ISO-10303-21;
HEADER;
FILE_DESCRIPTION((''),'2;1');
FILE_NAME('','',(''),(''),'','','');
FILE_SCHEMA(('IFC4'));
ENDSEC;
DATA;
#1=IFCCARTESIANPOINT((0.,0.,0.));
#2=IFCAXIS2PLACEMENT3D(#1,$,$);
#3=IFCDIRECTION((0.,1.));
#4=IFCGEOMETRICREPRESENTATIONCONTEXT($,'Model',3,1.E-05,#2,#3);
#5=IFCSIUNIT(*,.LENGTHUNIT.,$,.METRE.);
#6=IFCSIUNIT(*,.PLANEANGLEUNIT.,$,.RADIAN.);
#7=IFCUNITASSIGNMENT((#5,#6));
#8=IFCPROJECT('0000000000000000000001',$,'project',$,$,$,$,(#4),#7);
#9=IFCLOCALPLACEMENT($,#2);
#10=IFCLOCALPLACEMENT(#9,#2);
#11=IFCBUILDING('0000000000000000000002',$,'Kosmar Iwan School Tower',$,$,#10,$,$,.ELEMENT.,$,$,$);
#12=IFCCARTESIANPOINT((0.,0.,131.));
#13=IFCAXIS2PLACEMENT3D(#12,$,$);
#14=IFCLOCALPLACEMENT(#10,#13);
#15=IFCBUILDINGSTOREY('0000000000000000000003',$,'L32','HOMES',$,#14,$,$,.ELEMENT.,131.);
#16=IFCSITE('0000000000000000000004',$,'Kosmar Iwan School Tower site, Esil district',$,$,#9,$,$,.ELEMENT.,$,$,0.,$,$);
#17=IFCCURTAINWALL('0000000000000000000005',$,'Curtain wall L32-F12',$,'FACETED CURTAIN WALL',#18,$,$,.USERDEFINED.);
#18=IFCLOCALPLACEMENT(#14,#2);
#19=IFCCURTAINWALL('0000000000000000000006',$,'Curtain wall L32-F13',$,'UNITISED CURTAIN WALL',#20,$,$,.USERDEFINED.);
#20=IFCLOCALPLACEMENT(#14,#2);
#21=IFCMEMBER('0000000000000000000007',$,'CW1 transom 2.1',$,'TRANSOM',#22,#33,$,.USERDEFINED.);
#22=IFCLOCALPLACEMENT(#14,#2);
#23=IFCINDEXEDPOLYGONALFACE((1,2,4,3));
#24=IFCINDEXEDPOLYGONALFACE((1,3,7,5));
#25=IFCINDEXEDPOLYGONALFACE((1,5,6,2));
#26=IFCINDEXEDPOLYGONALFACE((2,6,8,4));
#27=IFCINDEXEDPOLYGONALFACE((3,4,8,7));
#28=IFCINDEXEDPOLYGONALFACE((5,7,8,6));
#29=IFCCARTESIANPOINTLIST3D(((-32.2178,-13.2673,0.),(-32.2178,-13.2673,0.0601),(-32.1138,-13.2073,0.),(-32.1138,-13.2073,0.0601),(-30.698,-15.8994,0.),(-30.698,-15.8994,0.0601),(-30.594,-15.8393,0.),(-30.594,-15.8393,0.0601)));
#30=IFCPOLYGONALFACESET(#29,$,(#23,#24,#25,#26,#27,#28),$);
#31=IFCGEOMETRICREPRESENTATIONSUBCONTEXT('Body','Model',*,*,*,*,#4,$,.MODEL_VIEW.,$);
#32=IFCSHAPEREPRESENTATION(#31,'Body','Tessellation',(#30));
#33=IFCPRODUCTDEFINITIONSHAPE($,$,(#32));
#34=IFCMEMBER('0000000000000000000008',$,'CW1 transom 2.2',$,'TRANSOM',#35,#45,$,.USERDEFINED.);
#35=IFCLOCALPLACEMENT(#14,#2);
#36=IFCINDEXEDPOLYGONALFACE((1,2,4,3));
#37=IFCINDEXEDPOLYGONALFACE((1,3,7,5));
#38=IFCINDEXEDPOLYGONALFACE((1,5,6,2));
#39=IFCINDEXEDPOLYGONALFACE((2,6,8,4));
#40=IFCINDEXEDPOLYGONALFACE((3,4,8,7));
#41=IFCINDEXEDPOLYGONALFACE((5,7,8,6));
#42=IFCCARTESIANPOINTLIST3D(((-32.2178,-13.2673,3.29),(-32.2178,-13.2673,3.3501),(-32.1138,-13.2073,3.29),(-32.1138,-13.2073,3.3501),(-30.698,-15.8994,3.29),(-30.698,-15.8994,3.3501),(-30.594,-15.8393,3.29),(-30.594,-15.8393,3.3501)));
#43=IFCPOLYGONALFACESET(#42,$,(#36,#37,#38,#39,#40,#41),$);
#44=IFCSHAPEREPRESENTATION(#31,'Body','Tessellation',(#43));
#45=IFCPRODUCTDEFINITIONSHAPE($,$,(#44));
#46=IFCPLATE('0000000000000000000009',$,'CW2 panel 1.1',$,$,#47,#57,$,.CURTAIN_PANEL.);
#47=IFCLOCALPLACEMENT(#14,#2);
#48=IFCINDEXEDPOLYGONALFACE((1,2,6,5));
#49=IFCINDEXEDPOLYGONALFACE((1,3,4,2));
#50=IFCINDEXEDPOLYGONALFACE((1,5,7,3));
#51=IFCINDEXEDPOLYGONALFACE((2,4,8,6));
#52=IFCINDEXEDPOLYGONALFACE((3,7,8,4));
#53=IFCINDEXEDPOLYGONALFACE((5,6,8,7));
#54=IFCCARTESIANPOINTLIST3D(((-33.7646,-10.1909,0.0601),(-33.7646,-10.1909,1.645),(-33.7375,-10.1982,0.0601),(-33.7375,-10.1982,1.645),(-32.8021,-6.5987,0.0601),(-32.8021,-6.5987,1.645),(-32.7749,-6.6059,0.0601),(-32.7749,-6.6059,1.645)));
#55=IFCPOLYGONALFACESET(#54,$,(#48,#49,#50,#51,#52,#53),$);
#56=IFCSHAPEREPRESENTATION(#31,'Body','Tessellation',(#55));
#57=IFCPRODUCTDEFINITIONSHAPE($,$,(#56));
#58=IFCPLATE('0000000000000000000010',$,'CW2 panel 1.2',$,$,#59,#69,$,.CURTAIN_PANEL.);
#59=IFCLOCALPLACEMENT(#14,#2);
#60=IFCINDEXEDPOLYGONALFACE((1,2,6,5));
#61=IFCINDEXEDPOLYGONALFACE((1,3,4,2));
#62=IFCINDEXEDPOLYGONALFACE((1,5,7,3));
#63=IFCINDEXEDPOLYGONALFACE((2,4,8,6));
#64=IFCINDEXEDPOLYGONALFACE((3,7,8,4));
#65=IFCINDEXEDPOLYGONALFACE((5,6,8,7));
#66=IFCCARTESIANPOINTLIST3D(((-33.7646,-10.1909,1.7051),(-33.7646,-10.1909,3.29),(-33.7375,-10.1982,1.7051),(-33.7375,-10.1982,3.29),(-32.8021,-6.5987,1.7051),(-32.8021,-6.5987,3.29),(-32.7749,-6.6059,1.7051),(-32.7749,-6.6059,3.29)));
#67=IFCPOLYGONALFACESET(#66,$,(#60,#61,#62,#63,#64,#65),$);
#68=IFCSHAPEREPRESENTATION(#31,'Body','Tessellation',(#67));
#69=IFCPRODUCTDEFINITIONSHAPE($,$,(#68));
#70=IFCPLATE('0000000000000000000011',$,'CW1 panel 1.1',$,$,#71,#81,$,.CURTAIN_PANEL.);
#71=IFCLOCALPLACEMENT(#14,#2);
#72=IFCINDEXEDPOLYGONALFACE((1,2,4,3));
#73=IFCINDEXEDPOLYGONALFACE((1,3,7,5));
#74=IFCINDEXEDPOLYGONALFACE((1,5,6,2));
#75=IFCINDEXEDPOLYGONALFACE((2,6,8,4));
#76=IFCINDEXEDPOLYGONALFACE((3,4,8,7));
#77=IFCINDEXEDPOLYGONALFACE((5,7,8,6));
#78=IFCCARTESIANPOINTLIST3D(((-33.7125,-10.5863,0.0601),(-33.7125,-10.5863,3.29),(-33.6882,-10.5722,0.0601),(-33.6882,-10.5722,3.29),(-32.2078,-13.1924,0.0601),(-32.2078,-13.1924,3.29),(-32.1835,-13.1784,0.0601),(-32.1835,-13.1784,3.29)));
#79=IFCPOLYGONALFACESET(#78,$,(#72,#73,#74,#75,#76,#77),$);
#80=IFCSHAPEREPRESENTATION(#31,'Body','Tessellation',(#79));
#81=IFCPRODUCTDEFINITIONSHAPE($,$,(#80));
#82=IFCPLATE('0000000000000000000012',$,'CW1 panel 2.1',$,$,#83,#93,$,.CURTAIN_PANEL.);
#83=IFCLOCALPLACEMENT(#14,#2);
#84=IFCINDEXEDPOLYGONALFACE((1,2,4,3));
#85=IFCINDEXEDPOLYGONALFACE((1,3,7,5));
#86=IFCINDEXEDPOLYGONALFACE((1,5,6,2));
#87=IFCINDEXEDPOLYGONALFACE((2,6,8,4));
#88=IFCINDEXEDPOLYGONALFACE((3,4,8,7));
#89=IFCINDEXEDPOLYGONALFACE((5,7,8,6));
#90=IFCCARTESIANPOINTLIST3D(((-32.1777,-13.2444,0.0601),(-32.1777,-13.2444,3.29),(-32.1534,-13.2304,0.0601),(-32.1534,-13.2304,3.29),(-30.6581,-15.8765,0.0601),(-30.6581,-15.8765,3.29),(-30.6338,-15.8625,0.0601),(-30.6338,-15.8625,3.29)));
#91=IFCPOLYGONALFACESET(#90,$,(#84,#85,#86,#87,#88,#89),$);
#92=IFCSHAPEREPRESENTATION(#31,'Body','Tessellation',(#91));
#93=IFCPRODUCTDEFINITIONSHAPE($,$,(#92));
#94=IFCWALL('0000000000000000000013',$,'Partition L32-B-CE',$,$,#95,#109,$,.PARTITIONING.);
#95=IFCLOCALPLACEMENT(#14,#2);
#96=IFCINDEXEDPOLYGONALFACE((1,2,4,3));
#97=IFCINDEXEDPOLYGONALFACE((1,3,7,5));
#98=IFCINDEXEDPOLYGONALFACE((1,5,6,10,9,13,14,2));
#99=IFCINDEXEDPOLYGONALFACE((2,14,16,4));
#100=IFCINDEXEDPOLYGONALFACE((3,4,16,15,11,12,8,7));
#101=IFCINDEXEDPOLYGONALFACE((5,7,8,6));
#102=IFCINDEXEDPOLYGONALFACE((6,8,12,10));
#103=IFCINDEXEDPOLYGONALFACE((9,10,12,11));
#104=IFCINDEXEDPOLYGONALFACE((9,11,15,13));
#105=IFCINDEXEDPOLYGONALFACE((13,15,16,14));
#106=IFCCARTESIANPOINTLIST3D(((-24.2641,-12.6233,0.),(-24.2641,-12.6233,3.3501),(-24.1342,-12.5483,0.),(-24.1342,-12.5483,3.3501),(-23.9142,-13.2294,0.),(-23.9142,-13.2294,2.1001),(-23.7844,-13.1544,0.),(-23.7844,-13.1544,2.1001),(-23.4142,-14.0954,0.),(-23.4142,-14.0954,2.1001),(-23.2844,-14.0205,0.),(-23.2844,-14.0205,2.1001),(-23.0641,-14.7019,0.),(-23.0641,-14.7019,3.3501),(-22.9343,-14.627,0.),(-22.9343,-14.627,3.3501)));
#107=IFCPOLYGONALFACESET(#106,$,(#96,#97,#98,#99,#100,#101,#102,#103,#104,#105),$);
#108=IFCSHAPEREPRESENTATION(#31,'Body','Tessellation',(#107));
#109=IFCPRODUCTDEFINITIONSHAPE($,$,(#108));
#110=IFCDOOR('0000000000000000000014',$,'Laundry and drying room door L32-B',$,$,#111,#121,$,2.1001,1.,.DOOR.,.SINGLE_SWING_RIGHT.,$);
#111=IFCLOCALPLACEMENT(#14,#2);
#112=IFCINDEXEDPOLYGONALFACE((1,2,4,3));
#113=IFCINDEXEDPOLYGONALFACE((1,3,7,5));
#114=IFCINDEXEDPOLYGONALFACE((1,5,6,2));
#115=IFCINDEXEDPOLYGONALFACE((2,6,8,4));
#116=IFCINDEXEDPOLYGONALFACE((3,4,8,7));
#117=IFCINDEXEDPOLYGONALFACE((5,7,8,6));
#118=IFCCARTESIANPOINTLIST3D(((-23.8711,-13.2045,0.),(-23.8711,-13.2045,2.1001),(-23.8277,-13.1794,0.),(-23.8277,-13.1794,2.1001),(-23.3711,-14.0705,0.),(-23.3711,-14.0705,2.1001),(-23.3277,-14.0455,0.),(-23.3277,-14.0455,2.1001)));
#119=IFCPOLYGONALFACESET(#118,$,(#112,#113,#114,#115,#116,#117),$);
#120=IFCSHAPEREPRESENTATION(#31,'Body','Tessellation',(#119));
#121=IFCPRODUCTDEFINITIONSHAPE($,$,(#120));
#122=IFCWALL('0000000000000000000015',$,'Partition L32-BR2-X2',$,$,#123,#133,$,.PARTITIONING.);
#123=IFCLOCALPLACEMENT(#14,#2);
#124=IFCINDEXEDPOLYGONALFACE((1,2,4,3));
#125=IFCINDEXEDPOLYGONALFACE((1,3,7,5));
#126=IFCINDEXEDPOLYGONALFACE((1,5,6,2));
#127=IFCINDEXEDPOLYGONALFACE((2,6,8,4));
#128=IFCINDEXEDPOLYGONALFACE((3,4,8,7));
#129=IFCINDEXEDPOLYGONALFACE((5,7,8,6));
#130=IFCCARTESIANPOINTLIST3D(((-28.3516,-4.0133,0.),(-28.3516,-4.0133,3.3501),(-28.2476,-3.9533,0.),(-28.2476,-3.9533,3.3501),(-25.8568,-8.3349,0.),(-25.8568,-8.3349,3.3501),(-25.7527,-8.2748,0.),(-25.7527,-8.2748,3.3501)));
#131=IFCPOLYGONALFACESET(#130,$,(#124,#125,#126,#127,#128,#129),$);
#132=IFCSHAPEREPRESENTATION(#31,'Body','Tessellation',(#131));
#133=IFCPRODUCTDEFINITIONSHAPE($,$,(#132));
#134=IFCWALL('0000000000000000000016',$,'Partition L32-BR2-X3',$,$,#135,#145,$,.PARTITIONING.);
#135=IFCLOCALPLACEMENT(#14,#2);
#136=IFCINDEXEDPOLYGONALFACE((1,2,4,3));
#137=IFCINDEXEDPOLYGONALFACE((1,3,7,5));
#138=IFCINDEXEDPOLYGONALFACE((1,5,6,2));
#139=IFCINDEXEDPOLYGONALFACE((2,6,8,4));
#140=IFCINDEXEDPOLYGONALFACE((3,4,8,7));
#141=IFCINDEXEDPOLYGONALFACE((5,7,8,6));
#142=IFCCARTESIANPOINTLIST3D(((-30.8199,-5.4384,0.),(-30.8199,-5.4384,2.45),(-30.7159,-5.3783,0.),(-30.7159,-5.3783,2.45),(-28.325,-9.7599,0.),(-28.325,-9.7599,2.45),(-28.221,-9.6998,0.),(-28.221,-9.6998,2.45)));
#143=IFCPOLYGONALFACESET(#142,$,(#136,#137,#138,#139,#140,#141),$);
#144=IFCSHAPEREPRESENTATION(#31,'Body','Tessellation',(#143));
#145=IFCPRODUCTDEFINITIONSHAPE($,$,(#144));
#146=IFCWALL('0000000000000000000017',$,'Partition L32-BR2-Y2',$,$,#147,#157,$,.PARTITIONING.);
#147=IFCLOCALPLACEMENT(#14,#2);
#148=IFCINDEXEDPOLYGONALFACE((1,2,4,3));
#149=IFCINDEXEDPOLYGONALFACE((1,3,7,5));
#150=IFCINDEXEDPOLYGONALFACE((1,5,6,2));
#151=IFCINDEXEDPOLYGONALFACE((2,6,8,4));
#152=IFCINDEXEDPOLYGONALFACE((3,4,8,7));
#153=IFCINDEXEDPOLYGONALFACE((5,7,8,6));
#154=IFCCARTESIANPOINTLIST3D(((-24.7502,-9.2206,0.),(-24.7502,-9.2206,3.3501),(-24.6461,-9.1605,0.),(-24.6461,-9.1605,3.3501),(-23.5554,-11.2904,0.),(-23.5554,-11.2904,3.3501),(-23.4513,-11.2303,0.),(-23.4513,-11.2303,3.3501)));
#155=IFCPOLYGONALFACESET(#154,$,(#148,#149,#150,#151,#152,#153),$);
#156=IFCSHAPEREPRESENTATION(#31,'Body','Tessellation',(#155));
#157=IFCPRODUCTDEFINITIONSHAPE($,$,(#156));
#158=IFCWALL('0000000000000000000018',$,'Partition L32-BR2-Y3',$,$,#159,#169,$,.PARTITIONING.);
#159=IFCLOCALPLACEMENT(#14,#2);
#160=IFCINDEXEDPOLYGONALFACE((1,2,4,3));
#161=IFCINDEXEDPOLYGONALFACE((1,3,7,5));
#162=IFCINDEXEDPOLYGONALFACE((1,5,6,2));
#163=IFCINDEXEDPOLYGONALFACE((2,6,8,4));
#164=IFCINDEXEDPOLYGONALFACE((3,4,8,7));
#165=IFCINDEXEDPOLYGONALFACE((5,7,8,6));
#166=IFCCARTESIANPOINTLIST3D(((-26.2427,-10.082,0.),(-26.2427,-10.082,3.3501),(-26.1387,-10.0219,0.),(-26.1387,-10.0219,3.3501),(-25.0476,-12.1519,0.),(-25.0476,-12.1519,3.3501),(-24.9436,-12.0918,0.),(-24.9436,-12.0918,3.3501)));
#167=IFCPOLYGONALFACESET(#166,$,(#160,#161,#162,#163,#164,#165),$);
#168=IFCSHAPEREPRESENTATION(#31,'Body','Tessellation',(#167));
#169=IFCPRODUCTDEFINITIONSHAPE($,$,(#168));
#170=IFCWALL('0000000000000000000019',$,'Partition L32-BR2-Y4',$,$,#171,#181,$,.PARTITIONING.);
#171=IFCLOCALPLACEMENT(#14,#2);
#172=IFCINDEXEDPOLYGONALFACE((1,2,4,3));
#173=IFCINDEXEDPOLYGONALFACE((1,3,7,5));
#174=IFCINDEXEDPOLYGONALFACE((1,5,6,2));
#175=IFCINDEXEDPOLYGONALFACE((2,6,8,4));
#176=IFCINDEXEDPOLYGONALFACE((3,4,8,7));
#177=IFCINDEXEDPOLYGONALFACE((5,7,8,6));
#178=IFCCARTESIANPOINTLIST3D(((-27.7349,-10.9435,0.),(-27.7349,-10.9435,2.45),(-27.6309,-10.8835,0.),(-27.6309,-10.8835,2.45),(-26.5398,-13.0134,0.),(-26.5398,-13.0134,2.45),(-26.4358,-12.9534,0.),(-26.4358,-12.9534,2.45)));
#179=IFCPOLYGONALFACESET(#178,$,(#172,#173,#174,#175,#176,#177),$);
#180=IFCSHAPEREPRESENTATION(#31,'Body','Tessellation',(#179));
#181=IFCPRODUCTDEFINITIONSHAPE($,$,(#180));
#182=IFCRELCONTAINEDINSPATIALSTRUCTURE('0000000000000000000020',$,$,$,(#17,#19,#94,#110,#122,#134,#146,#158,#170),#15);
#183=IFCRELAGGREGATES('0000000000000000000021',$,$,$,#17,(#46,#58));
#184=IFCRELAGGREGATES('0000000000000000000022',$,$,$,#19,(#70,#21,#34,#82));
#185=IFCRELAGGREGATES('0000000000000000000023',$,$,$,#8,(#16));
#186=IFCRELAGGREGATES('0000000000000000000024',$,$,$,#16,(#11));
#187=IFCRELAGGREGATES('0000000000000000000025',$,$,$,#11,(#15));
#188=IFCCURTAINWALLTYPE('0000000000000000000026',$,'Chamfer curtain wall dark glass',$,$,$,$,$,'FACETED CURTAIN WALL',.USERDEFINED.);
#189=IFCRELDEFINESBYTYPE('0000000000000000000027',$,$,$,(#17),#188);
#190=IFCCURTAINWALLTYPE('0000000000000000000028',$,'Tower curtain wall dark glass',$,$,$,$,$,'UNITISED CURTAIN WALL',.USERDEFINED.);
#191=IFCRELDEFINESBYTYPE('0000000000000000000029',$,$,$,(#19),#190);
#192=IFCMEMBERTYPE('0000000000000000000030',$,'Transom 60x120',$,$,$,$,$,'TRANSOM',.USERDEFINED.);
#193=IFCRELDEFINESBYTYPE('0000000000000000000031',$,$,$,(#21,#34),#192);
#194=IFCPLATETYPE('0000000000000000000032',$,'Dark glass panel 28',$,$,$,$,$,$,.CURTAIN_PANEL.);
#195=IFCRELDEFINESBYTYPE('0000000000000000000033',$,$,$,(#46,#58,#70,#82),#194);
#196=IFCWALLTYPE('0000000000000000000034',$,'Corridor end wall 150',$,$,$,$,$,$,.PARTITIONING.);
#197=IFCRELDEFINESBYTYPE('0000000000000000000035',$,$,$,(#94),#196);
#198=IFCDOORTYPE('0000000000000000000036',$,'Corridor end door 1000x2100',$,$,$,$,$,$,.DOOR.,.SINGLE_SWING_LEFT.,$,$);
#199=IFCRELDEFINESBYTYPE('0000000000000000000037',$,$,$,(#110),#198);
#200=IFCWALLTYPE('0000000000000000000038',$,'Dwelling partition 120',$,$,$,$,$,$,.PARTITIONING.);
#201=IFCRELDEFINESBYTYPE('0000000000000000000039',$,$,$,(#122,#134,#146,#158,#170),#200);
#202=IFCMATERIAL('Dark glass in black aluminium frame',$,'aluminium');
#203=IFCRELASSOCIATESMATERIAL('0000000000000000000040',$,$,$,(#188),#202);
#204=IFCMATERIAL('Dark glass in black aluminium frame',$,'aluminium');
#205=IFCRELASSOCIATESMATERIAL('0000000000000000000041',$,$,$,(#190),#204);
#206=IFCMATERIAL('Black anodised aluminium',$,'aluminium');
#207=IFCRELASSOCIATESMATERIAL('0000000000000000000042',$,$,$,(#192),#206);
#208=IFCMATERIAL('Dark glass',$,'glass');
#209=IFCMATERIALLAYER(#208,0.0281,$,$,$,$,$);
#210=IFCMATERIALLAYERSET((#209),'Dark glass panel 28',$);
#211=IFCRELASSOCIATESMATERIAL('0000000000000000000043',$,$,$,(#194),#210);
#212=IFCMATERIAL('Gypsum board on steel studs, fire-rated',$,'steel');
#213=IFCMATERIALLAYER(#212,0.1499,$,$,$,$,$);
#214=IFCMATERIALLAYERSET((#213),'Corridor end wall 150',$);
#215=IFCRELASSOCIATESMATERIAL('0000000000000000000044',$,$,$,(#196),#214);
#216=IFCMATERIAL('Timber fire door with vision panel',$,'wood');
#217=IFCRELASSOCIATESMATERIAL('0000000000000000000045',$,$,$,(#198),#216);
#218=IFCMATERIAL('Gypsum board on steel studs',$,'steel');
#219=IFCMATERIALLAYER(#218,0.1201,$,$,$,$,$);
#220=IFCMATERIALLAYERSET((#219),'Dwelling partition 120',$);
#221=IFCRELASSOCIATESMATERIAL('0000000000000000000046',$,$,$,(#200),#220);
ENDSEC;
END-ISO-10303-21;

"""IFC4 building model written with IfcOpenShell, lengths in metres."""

from ifc_helpers import new_model, si_unit, direction, frame, frame_2d, origin, origin_2d, place, context, subcontext, project, spatial, rectangle, extrude, material, layer, layer_set, material_profile, profile_set, type_object, element, fill, aggregate, save


model = new_model("IFC4")

# Units and contexts
model_context = context("Model", 3, precision=1e-05, world=origin(), true_north=direction((0.0, 1.0)))
body_context = subcontext(model_context, "Body", "Model", "MODEL_VIEW")
ifc_project = project(units=[si_unit("LENGTHUNIT", "METRE"), si_unit("PLANEANGLEUNIT", "RADIAN")], contexts=[model_context])

# Site, building, storey
site_placement = place(None, origin())
site = spatial("IfcSite", under=ifc_project, at=site_placement, Name="Kosmar Iwan School Tower site, Esil district", CompositionType="ELEMENT", RefElevation=0.0)
building_placement = place(site_placement, origin())
building = spatial("IfcBuilding", under=site, at=building_placement, Name="Kosmar Iwan School Tower", CompositionType="ELEMENT")
storey_placement = place(building_placement, frame((0.0, 0.0, 131.0)))
storey = spatial("IfcBuildingStorey", under=building, at=storey_placement, Name="L32", Description="HOMES", CompositionType="ELEMENT", Elevation=131.0)

# Curtain wall
ifc_material_1 = material(Name="Dark glass in black aluminium frame", Category="aluminium")
curtain_wall_type_1 = type_object("IfcCurtainWallType", Name="Chamfer curtain wall dark glass", ElementType="FACETED CURTAIN WALL", PredefinedType="USERDEFINED", material=ifc_material_1)
curtain_wall_1_placement = place(storey_placement, origin())
curtain_wall_1 = element("IfcCurtainWall", 1, at=curtain_wall_1_placement, inside=storey, type_object=curtain_wall_type_1, Name="Curtain wall L32-F12", ObjectType="FACETED CURTAIN WALL", PredefinedType="USERDEFINED")

# Curtain wall
ifc_material_2 = material(Name="Dark glass in black aluminium frame", Category="aluminium")
curtain_wall_type_2 = type_object("IfcCurtainWallType", Name="Tower curtain wall dark glass", ElementType="UNITISED CURTAIN WALL", PredefinedType="USERDEFINED", material=ifc_material_2)
curtain_wall_2_placement = place(storey_placement, origin())
curtain_wall_2 = element("IfcCurtainWall", 2, at=curtain_wall_2_placement, inside=storey, type_object=curtain_wall_type_2, Name="Curtain wall L32-F13", ObjectType="UNITISED CURTAIN WALL", PredefinedType="USERDEFINED")

# Members
ifc_material_3 = material(Name="Black anodised aluminium", Category="aluminium")
ifc_material_profile_1 = material_profile(ifc_material_3, rectangle(XDim=0.1201, YDim=0.0601, at=origin_2d()), Name="TRANSOM 60x120")
ifc_profile_set_1 = profile_set([ifc_material_profile_1], Name="Black anodised aluminium")
member_type_1 = type_object("IfcMemberType", Name="Transom 60x120", ElementType="TRANSOM", PredefinedType="USERDEFINED", material=ifc_profile_set_1)
member_1_placement = place(storey_placement, frame((-32.1658, -13.2373, 0.03), z_axis=(0.500035, -0.866005, 0.0), x_axis=(0.866005, 0.500035, 0.0)))
member_1 = element("IfcMember", 3, at=member_1_placement, type_object=member_type_1, Name="CW1 transom 2.1", ObjectType="TRANSOM", PredefinedType="USERDEFINED", context=body_context, shape_type="SweptSolid", body=[
    extrude(rectangle(XDim=0.1201, YDim=0.0601, at=origin_2d()), origin(), (0.0, 0.0, 1.0), 3.0393),
])
member_2_placement = place(storey_placement, frame((-32.1658, -13.2373, 3.3201), z_axis=(0.500035, -0.866005, 0.0), x_axis=(0.866005, 0.500035, 0.0)))
member_2 = element("IfcMember", 4, at=member_2_placement, type_object=member_type_1, Name="CW1 transom 2.2", ObjectType="TRANSOM", PredefinedType="USERDEFINED", context=body_context, shape_type="SweptSolid", body=[
    extrude(rectangle(XDim=0.1201, YDim=0.0601, at=origin_2d()), origin(), (0.0, 0.0, 1.0), 3.0393),
])

# Plates
ifc_material_4 = material(Name="Dark glass", Category="glass")
ifc_layer_1 = layer(ifc_material_4, 0.0281)
ifc_layer_set_1 = layer_set([ifc_layer_1], Name="Dark glass panel 28")
plate_type = type_object("IfcPlateType", Name="Dark glass panel 28", PredefinedType="CURTAIN_PANEL", material=ifc_layer_set_1)
plate_1_placement = place(storey_placement, frame((-33.2698, -8.3984, 0.0601), z_axis=(0.0, 0.0, 1.0), x_axis=(-0.258819, -0.965926, 0.0)))
plate_1 = element("IfcPlate", 5, at=plate_1_placement, type_object=plate_type, Name="CW2 panel 1.1", PredefinedType="CURTAIN_PANEL", context=body_context, shape_type="SweptSolid", body=[
    extrude(rectangle(XDim=3.719, YDim=0.0281, at=origin_2d()), origin(), (0.0, 0.0, 1.0), 1.585),
])
plate_2_placement = place(storey_placement, frame((-33.2698, -8.3984, 1.7051), z_axis=(0.0, 0.0, 1.0), x_axis=(-0.258819, -0.965926, 0.0)))
plate_2 = element("IfcPlate", 6, at=plate_2_placement, type_object=plate_type, Name="CW2 panel 1.2", PredefinedType="CURTAIN_PANEL", context=body_context, shape_type="SweptSolid", body=[
    extrude(rectangle(XDim=3.719, YDim=0.0281, at=origin_2d()), origin(), (0.0, 0.0, 1.0), 1.585),
])
aggregate(curtain_wall_1, [plate_1, plate_2])
plate_3_placement = place(storey_placement, frame((-32.948, -11.8823, 0.0601), z_axis=(0.0, 0.0, 1.0), x_axis=(0.5, -0.866025, 0.0)))
plate_3 = element("IfcPlate", 7, at=plate_3_placement, type_object=plate_type, Name="CW1 panel 1.1", PredefinedType="CURTAIN_PANEL", context=body_context, shape_type="SweptSolid", body=[
    extrude(rectangle(XDim=3.0093, YDim=0.0281, at=origin_2d()), origin(), (0.0, 0.0, 1.0), 3.23),
])
plate_4_placement = place(storey_placement, frame((-31.4058, -14.5535, 0.0601), z_axis=(0.0, 0.0, 1.0), x_axis=(0.5, -0.866025, 0.0)))
plate_4 = element("IfcPlate", 8, at=plate_4_placement, type_object=plate_type, Name="CW1 panel 2.1", PredefinedType="CURTAIN_PANEL", context=body_context, shape_type="SweptSolid", body=[
    extrude(rectangle(XDim=3.0393, YDim=0.0281, at=origin_2d()), origin(), (0.0, 0.0, 1.0), 3.23),
])
aggregate(curtain_wall_2, [plate_3, member_1, member_2, plate_4])

# Wall, opening, door
ifc_material_5 = material(Name="Gypsum board on steel studs, fire-rated", Category="steel")
ifc_layer_2 = layer(ifc_material_5, 0.1499)
ifc_layer_set_2 = layer_set([ifc_layer_2], Name="Corridor end wall 150")
wall_type_1 = type_object("IfcWallType", Name="Corridor end wall 150", PredefinedType="PARTITIONING", material=ifc_layer_set_2)
wall_1_placement = place(storey_placement, frame((-24.1992, -12.5857, 0.0), z_axis=(0.0, 0.0, 1.0), x_axis=(0.499957, -0.86605, 0.0)))
wall_1 = element("IfcWall", 9, at=wall_1_placement, inside=storey, type_object=wall_type_1, Name="Partition L32-B-CE", PredefinedType="PARTITIONING", context=body_context, shape_type="SweptSolid", body=[
    extrude(rectangle(XDim=2.4001, YDim=0.1499, at=frame_2d((1.2002, 0.0))), origin(), (0.0, 0.0, 1.0), 3.3501),
])
opening_placement = place(wall_1_placement, frame((0.7, 0.0, 0.0)))
opening = element("IfcOpeningElement", 10, at=opening_placement, cuts=wall_1, PredefinedType="OPENING", context=body_context, shape_type="SweptSolid", body=[
    extrude(rectangle(XDim=1.0, YDim=2.1001, at=frame_2d((0.5, 1.05))), frame((0.0, 0.0869, 0.0), z_axis=(0.0, -1.0, 0.0), x_axis=(1.0, 0.0, 0.0)), (0.0, 0.0, 1.0), 0.1738),
])
ifc_material_6 = material(Name="Timber fire door with vision panel", Category="wood")
door_type = type_object("IfcDoorType", Name="Corridor end door 1000x2100", OperationType="SINGLE_SWING_LEFT", PredefinedType="DOOR", material=ifc_material_6)
door_placement = place(opening_placement, origin())
door = element("IfcDoor", 11, at=door_placement, inside=storey, type_object=door_type, Name="Laundry and drying room door L32-B", OperationType="SINGLE_SWING_RIGHT", OverallHeight=2.1001, OverallWidth=1.0, PredefinedType="DOOR", context=body_context, shape_type="SweptSolid", body=[
    extrude(rectangle(XDim=1.0, YDim=2.1001, at=frame_2d((0.5, 1.05))), frame((0.0, 0.0249, 0.0), z_axis=(0.0, -1.0, 0.0), x_axis=(1.0, 0.0, 0.0)), (0.0, 0.0, 1.0), 0.05),
])
fill(opening, door)

# Walls
ifc_material_7 = material(Name="Gypsum board on steel studs", Category="steel")
ifc_layer_3 = layer(ifc_material_7, 0.1201)
ifc_layer_set_3 = layer_set([ifc_layer_3], Name="Dwelling partition 120")
wall_type_2 = type_object("IfcWallType", Name="Dwelling partition 120", PredefinedType="PARTITIONING", material=ifc_layer_set_3)
wall_2_placement = place(storey_placement, frame((-25.8047, -8.3049, 0.0), z_axis=(0.0, 0.0, 1.0), x_axis=(-0.499975, 0.86604, 0.0)))
element("IfcWall", 12, at=wall_2_placement, inside=storey, type_object=wall_type_2, Name="Partition L32-BR2-X2", PredefinedType="PARTITIONING", context=body_context, shape_type="SweptSolid", body=[
    extrude(rectangle(XDim=4.99, YDim=0.1201, at=frame_2d((2.4951, 0.0))), origin(), (0.0, 0.0, 1.0), 3.3501),
])
wall_3_placement = place(storey_placement, frame((-28.2729, -9.73, 0.0), z_axis=(0.0, 0.0, 1.0), x_axis=(-0.499975, 0.86604, 0.0)))
element("IfcWall", 13, at=wall_3_placement, inside=storey, type_object=wall_type_2, Name="Partition L32-BR2-X3", PredefinedType="PARTITIONING", context=body_context, shape_type="SweptSolid", body=[
    extrude(rectangle(XDim=4.99, YDim=0.1201, at=frame_2d((2.4951, 0.0))), origin(), (0.0, 0.0, 1.0), 2.45),
])
wall_4_placement = place(storey_placement, frame((-23.5034, -11.2603, 0.0), z_axis=(0.0, 0.0, 1.0), x_axis=(-0.499941, 0.86606, 0.0)))
element("IfcWall", 14, at=wall_4_placement, inside=storey, type_object=wall_type_2, Name="Partition L32-BR2-Y2", PredefinedType="PARTITIONING", context=body_context, shape_type="SweptSolid", body=[
    extrude(rectangle(XDim=2.3899, YDim=0.1201, at=frame_2d((1.1948, 0.0))), origin(), (0.0, 0.0, 1.0), 3.3501),
])
wall_5_placement = place(storey_placement, frame((-24.9956, -12.1218, 0.0), z_axis=(0.0, 0.0, 1.0), x_axis=(-0.500017, 0.866015, 0.0)))
element("IfcWall", 15, at=wall_5_placement, inside=storey, type_object=wall_type_2, Name="Partition L32-BR2-Y3", PredefinedType="PARTITIONING", context=body_context, shape_type="SweptSolid", body=[
    extrude(rectangle(XDim=2.3901, YDim=0.1201, at=frame_2d((1.1951, 0.0))), origin(), (0.0, 0.0, 1.0), 3.3501),
])
wall_6_placement = place(storey_placement, frame((-26.4878, -12.9834, 0.0), z_axis=(0.0, 0.0, 1.0), x_axis=(-0.500017, 0.866015, 0.0)))
element("IfcWall", 16, at=wall_6_placement, inside=storey, type_object=wall_type_2, Name="Partition L32-BR2-Y4", PredefinedType="PARTITIONING", context=body_context, shape_type="SweptSolid", body=[
    extrude(rectangle(XDim=2.3901, YDim=0.1201, at=frame_2d((1.1951, 0.0))), origin(), (0.0, 0.0, 1.0), 2.45),
])

save(model, "model.ifc")
